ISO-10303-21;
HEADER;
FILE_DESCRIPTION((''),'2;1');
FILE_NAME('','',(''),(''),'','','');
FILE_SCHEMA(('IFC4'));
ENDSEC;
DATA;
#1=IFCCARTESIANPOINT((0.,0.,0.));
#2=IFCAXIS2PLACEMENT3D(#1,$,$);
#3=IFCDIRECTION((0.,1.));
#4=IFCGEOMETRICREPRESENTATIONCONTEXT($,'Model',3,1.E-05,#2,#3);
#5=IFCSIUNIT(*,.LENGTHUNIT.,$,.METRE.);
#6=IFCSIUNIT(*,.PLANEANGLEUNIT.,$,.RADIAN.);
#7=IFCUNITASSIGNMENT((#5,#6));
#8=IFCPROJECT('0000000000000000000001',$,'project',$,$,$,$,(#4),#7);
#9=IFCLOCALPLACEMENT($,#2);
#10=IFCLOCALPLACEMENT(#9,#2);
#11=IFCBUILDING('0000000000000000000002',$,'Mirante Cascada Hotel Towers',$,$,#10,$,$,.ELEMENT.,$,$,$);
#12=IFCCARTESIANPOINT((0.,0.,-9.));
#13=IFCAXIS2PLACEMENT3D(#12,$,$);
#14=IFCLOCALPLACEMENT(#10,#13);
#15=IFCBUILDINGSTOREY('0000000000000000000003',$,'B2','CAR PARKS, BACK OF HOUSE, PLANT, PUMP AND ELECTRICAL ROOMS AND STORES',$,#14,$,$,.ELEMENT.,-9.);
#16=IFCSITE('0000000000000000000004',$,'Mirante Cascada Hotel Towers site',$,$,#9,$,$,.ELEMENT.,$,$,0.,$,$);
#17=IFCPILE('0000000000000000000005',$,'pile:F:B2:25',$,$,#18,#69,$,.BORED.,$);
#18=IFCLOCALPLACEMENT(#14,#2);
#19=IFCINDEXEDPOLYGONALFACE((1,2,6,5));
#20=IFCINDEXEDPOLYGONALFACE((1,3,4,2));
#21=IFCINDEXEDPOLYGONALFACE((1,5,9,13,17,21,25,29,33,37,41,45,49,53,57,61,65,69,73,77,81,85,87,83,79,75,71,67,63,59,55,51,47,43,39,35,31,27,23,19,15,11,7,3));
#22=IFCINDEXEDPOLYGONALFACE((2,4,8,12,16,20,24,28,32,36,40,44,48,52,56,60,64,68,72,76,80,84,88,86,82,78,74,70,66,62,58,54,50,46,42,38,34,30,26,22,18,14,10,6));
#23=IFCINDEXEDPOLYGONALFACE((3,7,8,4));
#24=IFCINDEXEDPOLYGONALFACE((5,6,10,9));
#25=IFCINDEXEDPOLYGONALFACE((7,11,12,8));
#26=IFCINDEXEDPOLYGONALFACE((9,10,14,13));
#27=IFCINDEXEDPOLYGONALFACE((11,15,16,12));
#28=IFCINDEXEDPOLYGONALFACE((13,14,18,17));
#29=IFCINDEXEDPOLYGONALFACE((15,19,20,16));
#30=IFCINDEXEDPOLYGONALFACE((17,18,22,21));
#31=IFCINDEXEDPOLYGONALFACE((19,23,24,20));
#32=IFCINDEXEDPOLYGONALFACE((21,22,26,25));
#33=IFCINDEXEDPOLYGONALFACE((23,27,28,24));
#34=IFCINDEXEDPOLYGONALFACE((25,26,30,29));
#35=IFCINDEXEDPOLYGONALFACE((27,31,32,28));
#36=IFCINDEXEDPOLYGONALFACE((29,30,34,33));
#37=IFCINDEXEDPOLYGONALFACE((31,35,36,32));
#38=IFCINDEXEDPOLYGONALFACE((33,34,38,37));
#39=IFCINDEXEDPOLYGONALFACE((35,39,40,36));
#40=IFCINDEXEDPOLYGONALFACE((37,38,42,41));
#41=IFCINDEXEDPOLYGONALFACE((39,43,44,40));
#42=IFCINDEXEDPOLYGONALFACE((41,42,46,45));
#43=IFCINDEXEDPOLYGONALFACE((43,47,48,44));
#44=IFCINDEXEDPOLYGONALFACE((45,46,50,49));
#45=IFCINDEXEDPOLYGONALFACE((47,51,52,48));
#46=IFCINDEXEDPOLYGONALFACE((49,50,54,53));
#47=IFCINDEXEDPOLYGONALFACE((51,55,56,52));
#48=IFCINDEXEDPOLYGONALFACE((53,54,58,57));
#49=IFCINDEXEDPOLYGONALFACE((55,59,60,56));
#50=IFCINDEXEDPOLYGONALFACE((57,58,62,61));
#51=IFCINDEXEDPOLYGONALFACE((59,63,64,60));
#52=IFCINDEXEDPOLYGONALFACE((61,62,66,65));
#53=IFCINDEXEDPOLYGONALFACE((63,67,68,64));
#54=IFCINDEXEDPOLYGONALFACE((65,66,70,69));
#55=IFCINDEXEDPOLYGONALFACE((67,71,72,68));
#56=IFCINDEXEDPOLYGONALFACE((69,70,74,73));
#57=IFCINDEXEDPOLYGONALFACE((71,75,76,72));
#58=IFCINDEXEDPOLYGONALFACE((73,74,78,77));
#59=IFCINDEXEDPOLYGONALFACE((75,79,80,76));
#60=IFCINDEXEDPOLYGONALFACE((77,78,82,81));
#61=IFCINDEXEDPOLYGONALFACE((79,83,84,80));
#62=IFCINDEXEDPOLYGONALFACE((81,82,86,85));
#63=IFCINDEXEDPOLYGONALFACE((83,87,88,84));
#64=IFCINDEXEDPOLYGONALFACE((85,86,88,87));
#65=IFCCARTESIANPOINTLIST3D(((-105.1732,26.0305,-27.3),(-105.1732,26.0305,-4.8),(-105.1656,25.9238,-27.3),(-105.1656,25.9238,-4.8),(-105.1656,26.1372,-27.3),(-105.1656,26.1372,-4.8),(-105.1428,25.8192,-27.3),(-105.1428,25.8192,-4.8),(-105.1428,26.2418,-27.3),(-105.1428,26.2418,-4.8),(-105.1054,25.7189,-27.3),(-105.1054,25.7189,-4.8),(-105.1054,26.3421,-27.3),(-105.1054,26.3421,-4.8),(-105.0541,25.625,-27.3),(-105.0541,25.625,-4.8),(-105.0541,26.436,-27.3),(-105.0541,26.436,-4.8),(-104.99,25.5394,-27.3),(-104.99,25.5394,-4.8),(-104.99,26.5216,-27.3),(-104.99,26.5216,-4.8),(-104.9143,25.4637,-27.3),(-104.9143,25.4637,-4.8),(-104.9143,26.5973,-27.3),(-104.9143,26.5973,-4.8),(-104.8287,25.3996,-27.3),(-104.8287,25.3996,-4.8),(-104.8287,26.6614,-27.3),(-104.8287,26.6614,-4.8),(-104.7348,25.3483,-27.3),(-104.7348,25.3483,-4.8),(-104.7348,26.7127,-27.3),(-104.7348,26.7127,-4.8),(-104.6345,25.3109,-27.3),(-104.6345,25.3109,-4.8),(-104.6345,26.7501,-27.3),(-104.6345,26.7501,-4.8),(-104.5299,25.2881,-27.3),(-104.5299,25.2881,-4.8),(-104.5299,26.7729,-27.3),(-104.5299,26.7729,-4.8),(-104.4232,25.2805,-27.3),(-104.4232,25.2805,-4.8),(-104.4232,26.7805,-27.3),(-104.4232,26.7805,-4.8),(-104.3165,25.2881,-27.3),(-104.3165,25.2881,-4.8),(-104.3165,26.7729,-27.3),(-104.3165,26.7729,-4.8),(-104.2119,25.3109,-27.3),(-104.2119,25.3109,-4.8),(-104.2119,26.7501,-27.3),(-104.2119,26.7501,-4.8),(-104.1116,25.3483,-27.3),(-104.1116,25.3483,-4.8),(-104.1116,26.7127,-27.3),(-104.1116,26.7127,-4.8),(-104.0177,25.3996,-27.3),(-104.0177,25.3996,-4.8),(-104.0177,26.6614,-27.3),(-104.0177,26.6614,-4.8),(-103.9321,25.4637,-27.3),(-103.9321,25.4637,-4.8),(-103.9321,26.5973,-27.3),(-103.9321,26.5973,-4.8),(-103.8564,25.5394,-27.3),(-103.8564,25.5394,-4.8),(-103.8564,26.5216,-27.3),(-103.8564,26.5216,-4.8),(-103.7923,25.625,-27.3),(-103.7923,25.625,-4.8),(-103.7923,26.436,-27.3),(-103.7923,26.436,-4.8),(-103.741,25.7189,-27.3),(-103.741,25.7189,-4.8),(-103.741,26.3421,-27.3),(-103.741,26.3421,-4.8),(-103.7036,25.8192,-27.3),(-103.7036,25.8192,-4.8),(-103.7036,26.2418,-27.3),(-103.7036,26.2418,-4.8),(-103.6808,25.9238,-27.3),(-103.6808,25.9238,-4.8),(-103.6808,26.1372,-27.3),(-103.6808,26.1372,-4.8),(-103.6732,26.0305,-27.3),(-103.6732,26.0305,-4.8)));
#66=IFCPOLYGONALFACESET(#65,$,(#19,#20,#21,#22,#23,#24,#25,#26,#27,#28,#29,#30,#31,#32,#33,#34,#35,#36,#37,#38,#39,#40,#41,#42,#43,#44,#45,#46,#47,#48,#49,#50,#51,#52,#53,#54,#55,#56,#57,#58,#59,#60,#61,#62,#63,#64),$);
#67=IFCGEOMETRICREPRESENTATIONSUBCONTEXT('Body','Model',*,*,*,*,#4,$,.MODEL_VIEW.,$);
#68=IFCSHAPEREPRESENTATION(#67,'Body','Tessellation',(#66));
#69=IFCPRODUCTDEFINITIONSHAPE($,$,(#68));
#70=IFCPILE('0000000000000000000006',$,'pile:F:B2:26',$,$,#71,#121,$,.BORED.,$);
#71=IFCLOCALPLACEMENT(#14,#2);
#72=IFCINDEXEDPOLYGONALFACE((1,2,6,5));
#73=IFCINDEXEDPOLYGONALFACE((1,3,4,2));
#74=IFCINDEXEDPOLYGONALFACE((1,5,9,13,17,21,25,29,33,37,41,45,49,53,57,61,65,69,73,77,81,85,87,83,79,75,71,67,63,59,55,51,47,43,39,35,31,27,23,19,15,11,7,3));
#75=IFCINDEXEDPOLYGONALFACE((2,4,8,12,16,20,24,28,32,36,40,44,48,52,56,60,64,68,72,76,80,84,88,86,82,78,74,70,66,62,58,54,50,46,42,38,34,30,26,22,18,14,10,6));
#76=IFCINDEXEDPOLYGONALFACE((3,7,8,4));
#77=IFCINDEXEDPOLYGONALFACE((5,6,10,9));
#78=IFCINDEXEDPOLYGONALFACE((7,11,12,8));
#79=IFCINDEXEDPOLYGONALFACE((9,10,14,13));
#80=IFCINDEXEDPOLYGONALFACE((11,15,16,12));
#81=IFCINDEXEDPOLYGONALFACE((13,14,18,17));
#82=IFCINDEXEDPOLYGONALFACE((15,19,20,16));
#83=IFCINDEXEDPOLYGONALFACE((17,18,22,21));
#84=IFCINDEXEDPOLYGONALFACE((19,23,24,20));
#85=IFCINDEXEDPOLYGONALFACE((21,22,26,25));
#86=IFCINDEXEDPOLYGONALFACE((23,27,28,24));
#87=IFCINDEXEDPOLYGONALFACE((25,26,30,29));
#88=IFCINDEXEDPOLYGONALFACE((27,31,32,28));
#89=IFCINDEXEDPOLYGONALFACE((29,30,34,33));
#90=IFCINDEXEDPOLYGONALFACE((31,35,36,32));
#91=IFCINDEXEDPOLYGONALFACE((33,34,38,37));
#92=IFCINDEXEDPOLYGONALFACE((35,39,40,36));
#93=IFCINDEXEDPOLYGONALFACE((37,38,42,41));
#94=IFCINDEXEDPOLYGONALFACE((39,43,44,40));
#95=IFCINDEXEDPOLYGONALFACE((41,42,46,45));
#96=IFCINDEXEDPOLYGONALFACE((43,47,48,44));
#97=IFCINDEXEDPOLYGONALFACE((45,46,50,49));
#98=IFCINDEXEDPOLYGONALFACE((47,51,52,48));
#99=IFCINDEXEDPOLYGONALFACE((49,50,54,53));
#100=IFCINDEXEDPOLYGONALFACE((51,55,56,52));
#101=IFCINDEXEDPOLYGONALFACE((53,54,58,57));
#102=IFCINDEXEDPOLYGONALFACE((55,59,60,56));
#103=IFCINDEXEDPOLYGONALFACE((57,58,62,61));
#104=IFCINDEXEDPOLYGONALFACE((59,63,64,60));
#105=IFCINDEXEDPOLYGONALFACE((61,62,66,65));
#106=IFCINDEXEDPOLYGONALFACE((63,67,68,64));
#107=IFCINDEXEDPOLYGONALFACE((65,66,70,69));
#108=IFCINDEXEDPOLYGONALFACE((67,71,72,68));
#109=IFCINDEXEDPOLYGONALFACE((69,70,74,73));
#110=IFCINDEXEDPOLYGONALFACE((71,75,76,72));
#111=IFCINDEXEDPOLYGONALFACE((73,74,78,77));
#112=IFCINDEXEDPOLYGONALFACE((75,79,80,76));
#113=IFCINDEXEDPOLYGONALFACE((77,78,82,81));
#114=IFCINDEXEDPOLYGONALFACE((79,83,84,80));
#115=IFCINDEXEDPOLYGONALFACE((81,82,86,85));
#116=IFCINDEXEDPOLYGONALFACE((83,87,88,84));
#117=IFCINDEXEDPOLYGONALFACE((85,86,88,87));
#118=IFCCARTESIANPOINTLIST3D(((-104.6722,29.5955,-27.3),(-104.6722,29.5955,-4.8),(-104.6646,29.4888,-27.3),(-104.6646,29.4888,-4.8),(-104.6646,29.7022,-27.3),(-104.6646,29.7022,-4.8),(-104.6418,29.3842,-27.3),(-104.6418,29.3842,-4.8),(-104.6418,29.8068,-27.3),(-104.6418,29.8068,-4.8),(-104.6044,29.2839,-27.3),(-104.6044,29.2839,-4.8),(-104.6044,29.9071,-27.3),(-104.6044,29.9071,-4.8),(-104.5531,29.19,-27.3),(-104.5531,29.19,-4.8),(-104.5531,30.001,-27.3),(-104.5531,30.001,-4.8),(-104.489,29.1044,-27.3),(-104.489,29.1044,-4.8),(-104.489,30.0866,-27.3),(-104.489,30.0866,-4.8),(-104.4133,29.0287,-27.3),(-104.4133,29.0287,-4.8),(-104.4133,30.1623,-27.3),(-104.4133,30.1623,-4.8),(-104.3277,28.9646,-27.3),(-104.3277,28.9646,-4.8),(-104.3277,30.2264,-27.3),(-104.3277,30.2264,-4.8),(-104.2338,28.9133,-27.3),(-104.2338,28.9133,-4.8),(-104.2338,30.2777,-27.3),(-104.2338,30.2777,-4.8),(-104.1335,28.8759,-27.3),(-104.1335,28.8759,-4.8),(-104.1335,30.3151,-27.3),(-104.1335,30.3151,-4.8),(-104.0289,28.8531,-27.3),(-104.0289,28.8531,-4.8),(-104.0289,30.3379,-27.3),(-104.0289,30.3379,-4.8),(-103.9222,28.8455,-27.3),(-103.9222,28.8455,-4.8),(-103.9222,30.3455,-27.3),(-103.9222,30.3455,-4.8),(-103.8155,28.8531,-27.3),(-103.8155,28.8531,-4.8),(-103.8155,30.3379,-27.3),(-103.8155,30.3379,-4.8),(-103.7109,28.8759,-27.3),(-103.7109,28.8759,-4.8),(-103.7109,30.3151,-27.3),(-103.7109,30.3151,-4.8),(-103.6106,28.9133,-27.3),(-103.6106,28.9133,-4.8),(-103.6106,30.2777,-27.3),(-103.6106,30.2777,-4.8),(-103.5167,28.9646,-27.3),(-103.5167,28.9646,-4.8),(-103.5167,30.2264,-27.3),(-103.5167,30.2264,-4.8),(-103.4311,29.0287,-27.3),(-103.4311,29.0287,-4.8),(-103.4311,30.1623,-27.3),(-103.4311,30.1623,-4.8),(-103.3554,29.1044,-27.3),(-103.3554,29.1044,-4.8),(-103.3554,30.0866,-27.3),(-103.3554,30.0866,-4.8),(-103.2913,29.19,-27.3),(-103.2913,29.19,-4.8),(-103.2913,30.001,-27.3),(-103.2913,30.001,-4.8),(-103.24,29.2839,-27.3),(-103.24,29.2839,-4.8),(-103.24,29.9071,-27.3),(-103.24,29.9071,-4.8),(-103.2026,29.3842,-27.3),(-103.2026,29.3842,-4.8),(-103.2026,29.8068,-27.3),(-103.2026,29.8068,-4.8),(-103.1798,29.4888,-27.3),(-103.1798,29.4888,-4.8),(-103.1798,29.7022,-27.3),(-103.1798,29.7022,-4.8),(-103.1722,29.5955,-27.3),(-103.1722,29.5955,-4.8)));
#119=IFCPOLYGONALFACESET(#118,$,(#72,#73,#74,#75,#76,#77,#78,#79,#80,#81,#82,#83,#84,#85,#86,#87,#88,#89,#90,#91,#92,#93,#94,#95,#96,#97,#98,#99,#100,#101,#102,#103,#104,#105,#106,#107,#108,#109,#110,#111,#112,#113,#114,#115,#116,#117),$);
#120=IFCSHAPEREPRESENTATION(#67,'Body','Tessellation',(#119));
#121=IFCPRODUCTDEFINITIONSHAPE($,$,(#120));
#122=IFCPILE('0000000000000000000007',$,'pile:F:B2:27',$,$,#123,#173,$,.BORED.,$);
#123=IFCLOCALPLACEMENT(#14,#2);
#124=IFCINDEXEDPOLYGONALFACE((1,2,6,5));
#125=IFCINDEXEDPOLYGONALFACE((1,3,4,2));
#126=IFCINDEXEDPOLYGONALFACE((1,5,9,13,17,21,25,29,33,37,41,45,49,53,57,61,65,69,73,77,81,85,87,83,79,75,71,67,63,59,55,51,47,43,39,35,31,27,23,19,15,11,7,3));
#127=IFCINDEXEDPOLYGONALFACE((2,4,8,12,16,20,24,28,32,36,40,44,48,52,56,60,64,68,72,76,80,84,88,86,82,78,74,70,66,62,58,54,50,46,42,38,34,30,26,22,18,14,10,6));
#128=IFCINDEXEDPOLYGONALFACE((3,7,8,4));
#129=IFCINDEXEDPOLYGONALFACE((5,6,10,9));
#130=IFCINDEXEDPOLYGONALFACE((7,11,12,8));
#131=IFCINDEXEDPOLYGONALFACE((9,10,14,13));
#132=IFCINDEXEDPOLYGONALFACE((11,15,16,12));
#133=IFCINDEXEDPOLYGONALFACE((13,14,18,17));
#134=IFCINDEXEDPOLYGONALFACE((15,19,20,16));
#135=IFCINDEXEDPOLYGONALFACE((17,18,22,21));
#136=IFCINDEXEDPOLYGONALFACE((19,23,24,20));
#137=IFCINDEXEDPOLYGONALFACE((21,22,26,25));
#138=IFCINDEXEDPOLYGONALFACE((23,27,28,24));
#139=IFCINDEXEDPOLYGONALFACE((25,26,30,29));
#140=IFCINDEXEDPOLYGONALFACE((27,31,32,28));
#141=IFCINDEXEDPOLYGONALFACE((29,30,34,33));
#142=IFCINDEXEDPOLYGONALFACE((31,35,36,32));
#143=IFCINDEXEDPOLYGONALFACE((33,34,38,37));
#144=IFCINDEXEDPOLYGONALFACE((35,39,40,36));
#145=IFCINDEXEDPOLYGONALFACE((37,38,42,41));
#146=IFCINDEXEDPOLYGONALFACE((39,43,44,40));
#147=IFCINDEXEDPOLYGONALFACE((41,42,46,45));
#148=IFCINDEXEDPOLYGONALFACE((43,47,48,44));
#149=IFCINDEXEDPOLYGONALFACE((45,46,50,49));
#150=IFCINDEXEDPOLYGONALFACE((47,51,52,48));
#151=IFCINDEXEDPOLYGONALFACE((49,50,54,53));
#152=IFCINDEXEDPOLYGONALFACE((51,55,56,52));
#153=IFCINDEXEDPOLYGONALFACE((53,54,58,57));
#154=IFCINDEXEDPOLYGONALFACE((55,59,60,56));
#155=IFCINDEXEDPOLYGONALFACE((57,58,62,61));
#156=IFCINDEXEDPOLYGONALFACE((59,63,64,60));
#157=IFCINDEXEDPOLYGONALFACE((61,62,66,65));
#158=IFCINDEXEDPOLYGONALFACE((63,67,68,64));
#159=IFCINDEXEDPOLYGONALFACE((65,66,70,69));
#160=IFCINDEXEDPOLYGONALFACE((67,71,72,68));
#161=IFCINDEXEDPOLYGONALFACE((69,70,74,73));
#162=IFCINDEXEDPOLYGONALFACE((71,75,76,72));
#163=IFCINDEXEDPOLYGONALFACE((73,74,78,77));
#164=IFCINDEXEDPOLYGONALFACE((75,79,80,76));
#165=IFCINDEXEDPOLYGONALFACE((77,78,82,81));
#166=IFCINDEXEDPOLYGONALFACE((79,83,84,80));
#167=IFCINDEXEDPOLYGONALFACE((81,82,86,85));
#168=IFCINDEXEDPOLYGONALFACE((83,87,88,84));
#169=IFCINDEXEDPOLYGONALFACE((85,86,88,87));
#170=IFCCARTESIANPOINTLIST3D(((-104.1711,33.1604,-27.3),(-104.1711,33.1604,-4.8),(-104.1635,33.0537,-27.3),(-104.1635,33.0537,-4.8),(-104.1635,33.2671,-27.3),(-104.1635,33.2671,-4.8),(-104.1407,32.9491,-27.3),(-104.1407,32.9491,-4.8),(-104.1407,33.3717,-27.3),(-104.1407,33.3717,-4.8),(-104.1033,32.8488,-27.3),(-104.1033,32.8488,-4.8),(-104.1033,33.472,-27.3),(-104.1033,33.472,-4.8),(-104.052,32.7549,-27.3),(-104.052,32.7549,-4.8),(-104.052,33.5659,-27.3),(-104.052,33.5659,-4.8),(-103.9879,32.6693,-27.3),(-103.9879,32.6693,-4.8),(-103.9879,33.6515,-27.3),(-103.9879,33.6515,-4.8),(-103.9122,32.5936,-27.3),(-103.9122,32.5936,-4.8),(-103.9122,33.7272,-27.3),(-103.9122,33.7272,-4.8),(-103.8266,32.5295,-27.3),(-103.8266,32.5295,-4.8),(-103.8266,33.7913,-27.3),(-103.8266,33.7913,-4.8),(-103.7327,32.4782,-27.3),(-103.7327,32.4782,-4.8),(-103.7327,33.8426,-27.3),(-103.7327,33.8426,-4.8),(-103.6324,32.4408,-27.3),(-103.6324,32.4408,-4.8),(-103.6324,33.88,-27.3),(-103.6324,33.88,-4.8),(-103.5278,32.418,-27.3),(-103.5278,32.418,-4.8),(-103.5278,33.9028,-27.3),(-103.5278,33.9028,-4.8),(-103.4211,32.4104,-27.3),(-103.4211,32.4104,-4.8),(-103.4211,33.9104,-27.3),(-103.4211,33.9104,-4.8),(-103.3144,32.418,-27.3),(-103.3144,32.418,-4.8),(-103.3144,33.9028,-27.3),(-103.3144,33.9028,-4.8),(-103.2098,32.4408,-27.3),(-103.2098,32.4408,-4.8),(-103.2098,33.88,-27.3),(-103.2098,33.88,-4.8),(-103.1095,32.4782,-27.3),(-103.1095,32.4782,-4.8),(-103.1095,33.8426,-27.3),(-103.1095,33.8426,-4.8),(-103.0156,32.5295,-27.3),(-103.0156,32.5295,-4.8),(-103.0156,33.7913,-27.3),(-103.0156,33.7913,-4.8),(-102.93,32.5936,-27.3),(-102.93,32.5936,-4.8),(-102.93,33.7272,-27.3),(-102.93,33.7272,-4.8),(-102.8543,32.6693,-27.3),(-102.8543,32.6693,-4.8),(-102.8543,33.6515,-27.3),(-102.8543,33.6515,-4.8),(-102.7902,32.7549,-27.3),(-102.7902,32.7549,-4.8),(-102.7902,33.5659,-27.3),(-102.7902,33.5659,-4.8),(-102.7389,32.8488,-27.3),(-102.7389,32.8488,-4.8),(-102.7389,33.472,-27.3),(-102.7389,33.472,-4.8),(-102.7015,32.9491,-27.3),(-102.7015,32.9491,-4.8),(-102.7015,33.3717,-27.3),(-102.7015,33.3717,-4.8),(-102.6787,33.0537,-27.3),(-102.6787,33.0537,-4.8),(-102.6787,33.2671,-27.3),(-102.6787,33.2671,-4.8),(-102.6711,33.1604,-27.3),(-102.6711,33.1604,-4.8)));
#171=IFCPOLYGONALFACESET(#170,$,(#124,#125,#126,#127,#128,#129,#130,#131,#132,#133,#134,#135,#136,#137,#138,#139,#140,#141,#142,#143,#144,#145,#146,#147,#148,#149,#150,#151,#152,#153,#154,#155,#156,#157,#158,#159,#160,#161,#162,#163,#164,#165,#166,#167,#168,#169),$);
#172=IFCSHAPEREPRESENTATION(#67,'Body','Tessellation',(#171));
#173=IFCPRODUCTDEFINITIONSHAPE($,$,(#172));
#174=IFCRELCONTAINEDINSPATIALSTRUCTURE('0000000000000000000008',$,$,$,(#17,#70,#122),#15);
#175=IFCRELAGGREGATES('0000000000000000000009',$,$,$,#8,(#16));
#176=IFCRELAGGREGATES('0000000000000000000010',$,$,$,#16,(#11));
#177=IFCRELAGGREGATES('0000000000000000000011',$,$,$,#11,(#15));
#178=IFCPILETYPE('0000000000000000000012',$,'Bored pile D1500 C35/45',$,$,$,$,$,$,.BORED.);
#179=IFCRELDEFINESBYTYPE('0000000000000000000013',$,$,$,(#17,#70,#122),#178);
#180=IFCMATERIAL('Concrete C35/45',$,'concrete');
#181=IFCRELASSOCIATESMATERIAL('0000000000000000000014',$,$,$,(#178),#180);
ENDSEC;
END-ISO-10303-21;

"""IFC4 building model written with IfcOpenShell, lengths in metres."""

from ifc_helpers import new_model, si_unit, direction, frame, origin, origin_2d, place, context, subcontext, project, spatial, circle, extrude, material, material_profile, profile_set, type_object, element, save


model = new_model("IFC4")

# Units and contexts
model_context = context("Model", 3, precision=1e-05, world=origin(), true_north=direction((0.0, 1.0)))
body_context = subcontext(model_context, "Body", "Model", "MODEL_VIEW")
ifc_project = project(units=[si_unit("LENGTHUNIT", "METRE"), si_unit("PLANEANGLEUNIT", "RADIAN")], contexts=[model_context])

# Site, building, storey
site_placement = place(None, origin())
site = spatial("IfcSite", under=ifc_project, at=site_placement, Name="Mirante Cascada Hotel Towers site", CompositionType="ELEMENT", RefElevation=0.0)
building_placement = place(site_placement, origin())
building = spatial("IfcBuilding", under=site, at=building_placement, Name="Mirante Cascada Hotel Towers", CompositionType="ELEMENT")
storey_placement = place(building_placement, frame((0.0, 0.0, -9.0)))
storey = spatial("IfcBuildingStorey", under=building, at=storey_placement, Name="B2", Description="CAR PARKS, BACK OF HOUSE, PLANT, PUMP AND ELECTRICAL ROOMS AND STORES", CompositionType="ELEMENT", Elevation=-9.0)

# Piles
ifc_material_1 = material(Name="Concrete C35/45", Category="concrete")
ifc_material_profile_1 = material_profile(ifc_material_1, circle(Radius=0.75, at=origin_2d()), Name="RC D1500")
ifc_profile_set_1 = profile_set([ifc_material_profile_1], Name="Concrete C35/45")
pile_type = type_object("IfcPileType", Name="Bored pile D1500 C35/45", PredefinedType="BORED", material=ifc_profile_set_1)
for number, where, z_axis, x_axis, name in (
    (1, (-104.4232, 26.0305, -4.8), (0.0, 0.0, -1.0), (1.0, 0.0, 0.0), "pile:F:B2:25"),
    (2, (-103.9222, 29.5955, -4.8), (0.0, 0.0, -1.0), (1.0, 0.0, 0.0), "pile:F:B2:26"),
    (3, (-103.4211, 33.1604, -4.8), (0.0, 0.0, -1.0), (1.0, 0.0, 0.0), "pile:F:B2:27"),
):
    element("IfcPile", number, at=place(storey_placement, frame(where, z_axis=z_axis, x_axis=x_axis)), inside=storey, type_object=pile_type, Name=name, PredefinedType="BORED", context=body_context, shape_type="SweptSolid", body=[
        extrude(circle(Radius=0.75, at=origin_2d()), origin(), (0.0, 0.0, 1.0), 22.5),
    ])

save(model, "model.ifc")
